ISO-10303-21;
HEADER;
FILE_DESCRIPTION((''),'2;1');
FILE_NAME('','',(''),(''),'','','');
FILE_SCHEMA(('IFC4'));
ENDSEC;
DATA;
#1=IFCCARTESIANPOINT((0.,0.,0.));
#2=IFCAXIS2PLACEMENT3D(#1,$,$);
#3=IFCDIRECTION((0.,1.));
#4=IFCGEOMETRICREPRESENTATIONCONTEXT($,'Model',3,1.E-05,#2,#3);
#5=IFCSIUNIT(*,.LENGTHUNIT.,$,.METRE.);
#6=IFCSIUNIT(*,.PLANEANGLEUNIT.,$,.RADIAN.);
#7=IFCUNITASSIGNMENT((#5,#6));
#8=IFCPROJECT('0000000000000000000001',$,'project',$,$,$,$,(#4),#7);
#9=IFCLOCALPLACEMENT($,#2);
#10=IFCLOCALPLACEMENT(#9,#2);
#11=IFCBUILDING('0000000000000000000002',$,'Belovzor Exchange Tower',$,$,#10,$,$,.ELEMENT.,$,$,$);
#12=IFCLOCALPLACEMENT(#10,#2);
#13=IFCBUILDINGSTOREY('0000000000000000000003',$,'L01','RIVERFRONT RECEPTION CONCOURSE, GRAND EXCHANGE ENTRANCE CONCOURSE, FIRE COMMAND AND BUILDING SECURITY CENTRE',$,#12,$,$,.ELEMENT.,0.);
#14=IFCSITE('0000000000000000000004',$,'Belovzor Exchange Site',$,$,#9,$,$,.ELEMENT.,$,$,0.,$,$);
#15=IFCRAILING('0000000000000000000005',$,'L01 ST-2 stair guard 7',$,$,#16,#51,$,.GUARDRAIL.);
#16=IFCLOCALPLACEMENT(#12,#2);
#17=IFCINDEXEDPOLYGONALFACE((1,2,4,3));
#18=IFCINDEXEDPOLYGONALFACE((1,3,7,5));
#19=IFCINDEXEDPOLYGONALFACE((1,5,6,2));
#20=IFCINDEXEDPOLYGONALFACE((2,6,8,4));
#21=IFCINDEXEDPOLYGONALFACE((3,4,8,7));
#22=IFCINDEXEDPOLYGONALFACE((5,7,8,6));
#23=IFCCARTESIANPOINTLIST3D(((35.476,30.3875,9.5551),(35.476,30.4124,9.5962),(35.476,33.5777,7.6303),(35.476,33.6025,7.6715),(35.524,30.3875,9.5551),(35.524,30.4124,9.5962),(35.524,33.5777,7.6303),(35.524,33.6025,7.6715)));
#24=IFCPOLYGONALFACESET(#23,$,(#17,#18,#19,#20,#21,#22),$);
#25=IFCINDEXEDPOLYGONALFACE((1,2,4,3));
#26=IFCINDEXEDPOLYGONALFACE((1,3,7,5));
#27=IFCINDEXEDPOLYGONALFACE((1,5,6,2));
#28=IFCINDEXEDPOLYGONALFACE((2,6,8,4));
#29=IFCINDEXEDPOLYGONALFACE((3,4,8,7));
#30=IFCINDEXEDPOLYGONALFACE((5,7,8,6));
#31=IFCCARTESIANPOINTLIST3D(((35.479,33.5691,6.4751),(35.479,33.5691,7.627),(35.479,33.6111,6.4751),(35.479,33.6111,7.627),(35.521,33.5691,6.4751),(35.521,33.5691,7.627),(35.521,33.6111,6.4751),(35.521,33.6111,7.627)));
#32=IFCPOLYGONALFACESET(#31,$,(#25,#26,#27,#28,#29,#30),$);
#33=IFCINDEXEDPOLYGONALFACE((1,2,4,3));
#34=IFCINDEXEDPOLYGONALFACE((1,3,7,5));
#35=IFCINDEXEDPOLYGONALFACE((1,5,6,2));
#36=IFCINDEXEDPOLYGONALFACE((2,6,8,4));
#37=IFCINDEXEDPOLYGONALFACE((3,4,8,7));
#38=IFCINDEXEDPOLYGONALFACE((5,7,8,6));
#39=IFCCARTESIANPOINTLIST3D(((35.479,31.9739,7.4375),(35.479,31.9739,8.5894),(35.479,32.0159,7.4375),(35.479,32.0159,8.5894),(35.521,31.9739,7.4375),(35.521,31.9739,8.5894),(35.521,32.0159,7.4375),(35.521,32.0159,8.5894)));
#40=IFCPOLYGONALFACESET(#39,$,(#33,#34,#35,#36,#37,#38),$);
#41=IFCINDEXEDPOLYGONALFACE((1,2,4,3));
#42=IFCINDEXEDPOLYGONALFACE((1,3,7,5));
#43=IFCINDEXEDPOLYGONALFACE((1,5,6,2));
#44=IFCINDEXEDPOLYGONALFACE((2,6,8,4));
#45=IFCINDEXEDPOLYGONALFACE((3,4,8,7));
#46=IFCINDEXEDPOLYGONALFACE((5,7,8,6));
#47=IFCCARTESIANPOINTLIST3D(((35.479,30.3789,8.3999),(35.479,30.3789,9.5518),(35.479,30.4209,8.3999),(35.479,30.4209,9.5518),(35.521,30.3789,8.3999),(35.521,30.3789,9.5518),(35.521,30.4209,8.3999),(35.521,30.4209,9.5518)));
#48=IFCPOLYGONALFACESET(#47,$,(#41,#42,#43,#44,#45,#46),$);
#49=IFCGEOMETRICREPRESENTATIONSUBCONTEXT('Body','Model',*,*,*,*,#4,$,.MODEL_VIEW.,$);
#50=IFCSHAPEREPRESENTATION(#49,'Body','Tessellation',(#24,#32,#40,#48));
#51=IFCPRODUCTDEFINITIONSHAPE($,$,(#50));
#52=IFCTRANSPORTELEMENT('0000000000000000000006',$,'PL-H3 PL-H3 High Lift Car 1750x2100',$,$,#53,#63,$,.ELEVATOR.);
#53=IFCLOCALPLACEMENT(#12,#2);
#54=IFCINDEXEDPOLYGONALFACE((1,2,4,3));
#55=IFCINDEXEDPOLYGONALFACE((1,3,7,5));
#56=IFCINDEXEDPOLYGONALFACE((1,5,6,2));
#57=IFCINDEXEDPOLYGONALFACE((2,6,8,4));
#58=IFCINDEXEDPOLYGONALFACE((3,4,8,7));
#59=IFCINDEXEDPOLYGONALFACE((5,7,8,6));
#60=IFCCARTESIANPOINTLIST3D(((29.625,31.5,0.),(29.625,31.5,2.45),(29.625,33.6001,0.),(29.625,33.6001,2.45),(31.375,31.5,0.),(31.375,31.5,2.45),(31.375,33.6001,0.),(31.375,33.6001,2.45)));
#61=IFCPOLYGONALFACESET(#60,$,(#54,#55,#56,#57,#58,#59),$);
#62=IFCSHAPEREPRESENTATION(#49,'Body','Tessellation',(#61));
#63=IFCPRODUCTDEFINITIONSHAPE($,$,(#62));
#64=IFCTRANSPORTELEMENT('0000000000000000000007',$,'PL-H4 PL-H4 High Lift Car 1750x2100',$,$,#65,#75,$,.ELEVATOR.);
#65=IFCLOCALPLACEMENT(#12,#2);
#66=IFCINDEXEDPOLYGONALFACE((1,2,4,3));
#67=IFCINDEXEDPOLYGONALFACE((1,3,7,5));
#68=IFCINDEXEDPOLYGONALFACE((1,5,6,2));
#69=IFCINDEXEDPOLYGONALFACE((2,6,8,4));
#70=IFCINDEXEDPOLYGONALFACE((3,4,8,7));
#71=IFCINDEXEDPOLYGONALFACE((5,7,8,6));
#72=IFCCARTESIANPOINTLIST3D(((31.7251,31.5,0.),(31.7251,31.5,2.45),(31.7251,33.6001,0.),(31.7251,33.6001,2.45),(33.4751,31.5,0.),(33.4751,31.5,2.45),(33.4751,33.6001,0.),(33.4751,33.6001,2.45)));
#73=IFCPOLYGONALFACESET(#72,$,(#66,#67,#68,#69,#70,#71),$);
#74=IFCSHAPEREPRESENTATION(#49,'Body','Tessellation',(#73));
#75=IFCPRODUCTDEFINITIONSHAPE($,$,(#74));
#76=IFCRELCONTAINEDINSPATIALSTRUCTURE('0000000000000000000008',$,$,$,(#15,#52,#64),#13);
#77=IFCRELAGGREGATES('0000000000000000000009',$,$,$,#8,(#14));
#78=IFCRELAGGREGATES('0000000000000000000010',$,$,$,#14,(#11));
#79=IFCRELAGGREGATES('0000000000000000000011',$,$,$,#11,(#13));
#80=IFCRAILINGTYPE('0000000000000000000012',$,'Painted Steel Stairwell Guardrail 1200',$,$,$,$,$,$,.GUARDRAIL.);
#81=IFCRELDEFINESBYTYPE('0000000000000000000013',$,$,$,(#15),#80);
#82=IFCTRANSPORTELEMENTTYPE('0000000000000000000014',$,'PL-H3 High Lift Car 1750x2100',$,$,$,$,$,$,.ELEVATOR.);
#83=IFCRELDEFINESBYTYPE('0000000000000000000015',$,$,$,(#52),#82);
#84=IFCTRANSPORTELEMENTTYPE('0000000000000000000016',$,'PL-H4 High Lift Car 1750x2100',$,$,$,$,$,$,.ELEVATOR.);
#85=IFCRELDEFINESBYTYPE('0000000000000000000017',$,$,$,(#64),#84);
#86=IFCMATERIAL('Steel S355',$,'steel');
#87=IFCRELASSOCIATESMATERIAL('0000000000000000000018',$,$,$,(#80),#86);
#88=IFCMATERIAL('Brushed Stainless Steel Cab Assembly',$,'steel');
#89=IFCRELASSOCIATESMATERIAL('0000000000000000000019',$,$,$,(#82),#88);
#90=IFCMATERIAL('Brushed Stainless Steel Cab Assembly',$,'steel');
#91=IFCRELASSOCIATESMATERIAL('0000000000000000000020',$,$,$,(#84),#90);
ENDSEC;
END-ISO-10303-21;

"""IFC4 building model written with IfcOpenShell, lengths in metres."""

from ifc_helpers import new_model, si_unit, direction, frame, origin, origin_2d, place, context, subcontext, project, spatial, rectangle, extrude, material, type_object, element, save


model = new_model("IFC4")

# Units and contexts
model_context = context("Model", 3, precision=1e-05, world=origin(), true_north=direction((0.0, 1.0)))
body_context = subcontext(model_context, "Body", "Model", "MODEL_VIEW")
ifc_project = project(units=[si_unit("LENGTHUNIT", "METRE"), si_unit("PLANEANGLEUNIT", "RADIAN")], contexts=[model_context])

# Site, building, storey
site_placement = place(None, origin())
site = spatial("IfcSite", under=ifc_project, at=site_placement, Name="Belovzor Exchange Site", CompositionType="ELEMENT", RefElevation=0.0)
building_placement = place(site_placement, origin())
building = spatial("IfcBuilding", under=site, at=building_placement, Name="Belovzor Exchange Tower", CompositionType="ELEMENT")
storey_placement = place(building_placement, origin())
storey = spatial("IfcBuildingStorey", under=building, at=storey_placement, Name="L01", Description="RIVERFRONT RECEPTION CONCOURSE, GRAND EXCHANGE ENTRANCE CONCOURSE, FIRE COMMAND AND BUILDING SECURITY CENTRE", CompositionType="ELEMENT", Elevation=0.0)

# Railing
ifc_material_1 = material(Name="Steel S355", Category="steel")
railing_type_1 = type_object("IfcRailingType", Name="Painted Steel Stairwell Guardrail 1200", PredefinedType="GUARDRAIL", material=ifc_material_1)
railing_1_placement = place(storey_placement, frame((35.5, 33.5901, 6.4751)))
element("IfcRailing", 1, at=railing_1_placement, inside=storey, type_object=railing_type_1, Name="L01 ST-2 stair guard 7", PredefinedType="GUARDRAIL", context=body_context, shape_type="SweptSolid", body=[
    extrude(rectangle(XDim=0.0481, YDim=0.0481, at=origin_2d()), frame((0.0, 0.0, 1.1758), z_axis=(0.0, -0.856224, 0.516605), x_axis=(1.0, 0.0, 0.0)), (0.0, 0.0, 1.0), 3.7258),
    extrude(rectangle(XDim=0.042, YDim=0.042, at=origin_2d()), origin(), (0.0, 0.0, 1.0), 1.1519),
    extrude(rectangle(XDim=0.042, YDim=0.042, at=origin_2d()), frame((0.0, -1.5952, 0.9624)), (0.0, 0.0, 1.0), 1.1519),
    extrude(rectangle(XDim=0.042, YDim=0.042, at=origin_2d()), frame((0.0, -3.1902, 1.9248)), (0.0, 0.0, 1.0), 1.1519),
])

# Transport elements
ifc_material_2 = material(Name="Brushed Stainless Steel Cab Assembly", Category="steel")
transport_element_type_1 = type_object("IfcTransportElementType", Name="PL-H3 High Lift Car 1750x2100", PredefinedType="ELEVATOR", material=ifc_material_2)
transport_element_1_placement = place(storey_placement, frame((30.5, 32.55, 0.0), z_axis=(0.0, 0.0, 1.0), x_axis=(1.0, 0.0, 0.0)))
element("IfcTransportElement", 2, at=transport_element_1_placement, inside=storey, type_object=transport_element_type_1, Name="PL-H3 PL-H3 High Lift Car 1750x2100", PredefinedType="ELEVATOR", context=body_context, shape_type="SweptSolid", body=[
    extrude(rectangle(XDim=1.75, YDim=2.1001, at=origin_2d()), origin(), (0.0, 0.0, 1.0), 2.45),
])
ifc_material_3 = material(Name="Brushed Stainless Steel Cab Assembly", Category="steel")
transport_element_type_2 = type_object("IfcTransportElementType", Name="PL-H4 High Lift Car 1750x2100", PredefinedType="ELEVATOR", material=ifc_material_3)
transport_element_2_placement = place(storey_placement, frame((32.6001, 32.55, 0.0), z_axis=(0.0, 0.0, 1.0), x_axis=(1.0, 0.0, 0.0)))
element("IfcTransportElement", 3, at=transport_element_2_placement, inside=storey, type_object=transport_element_type_2, Name="PL-H4 PL-H4 High Lift Car 1750x2100", PredefinedType="ELEVATOR", context=body_context, shape_type="SweptSolid", body=[
    extrude(rectangle(XDim=1.75, YDim=2.1001, at=origin_2d()), origin(), (0.0, 0.0, 1.0), 2.45),
])

save(model, "model.ifc")
